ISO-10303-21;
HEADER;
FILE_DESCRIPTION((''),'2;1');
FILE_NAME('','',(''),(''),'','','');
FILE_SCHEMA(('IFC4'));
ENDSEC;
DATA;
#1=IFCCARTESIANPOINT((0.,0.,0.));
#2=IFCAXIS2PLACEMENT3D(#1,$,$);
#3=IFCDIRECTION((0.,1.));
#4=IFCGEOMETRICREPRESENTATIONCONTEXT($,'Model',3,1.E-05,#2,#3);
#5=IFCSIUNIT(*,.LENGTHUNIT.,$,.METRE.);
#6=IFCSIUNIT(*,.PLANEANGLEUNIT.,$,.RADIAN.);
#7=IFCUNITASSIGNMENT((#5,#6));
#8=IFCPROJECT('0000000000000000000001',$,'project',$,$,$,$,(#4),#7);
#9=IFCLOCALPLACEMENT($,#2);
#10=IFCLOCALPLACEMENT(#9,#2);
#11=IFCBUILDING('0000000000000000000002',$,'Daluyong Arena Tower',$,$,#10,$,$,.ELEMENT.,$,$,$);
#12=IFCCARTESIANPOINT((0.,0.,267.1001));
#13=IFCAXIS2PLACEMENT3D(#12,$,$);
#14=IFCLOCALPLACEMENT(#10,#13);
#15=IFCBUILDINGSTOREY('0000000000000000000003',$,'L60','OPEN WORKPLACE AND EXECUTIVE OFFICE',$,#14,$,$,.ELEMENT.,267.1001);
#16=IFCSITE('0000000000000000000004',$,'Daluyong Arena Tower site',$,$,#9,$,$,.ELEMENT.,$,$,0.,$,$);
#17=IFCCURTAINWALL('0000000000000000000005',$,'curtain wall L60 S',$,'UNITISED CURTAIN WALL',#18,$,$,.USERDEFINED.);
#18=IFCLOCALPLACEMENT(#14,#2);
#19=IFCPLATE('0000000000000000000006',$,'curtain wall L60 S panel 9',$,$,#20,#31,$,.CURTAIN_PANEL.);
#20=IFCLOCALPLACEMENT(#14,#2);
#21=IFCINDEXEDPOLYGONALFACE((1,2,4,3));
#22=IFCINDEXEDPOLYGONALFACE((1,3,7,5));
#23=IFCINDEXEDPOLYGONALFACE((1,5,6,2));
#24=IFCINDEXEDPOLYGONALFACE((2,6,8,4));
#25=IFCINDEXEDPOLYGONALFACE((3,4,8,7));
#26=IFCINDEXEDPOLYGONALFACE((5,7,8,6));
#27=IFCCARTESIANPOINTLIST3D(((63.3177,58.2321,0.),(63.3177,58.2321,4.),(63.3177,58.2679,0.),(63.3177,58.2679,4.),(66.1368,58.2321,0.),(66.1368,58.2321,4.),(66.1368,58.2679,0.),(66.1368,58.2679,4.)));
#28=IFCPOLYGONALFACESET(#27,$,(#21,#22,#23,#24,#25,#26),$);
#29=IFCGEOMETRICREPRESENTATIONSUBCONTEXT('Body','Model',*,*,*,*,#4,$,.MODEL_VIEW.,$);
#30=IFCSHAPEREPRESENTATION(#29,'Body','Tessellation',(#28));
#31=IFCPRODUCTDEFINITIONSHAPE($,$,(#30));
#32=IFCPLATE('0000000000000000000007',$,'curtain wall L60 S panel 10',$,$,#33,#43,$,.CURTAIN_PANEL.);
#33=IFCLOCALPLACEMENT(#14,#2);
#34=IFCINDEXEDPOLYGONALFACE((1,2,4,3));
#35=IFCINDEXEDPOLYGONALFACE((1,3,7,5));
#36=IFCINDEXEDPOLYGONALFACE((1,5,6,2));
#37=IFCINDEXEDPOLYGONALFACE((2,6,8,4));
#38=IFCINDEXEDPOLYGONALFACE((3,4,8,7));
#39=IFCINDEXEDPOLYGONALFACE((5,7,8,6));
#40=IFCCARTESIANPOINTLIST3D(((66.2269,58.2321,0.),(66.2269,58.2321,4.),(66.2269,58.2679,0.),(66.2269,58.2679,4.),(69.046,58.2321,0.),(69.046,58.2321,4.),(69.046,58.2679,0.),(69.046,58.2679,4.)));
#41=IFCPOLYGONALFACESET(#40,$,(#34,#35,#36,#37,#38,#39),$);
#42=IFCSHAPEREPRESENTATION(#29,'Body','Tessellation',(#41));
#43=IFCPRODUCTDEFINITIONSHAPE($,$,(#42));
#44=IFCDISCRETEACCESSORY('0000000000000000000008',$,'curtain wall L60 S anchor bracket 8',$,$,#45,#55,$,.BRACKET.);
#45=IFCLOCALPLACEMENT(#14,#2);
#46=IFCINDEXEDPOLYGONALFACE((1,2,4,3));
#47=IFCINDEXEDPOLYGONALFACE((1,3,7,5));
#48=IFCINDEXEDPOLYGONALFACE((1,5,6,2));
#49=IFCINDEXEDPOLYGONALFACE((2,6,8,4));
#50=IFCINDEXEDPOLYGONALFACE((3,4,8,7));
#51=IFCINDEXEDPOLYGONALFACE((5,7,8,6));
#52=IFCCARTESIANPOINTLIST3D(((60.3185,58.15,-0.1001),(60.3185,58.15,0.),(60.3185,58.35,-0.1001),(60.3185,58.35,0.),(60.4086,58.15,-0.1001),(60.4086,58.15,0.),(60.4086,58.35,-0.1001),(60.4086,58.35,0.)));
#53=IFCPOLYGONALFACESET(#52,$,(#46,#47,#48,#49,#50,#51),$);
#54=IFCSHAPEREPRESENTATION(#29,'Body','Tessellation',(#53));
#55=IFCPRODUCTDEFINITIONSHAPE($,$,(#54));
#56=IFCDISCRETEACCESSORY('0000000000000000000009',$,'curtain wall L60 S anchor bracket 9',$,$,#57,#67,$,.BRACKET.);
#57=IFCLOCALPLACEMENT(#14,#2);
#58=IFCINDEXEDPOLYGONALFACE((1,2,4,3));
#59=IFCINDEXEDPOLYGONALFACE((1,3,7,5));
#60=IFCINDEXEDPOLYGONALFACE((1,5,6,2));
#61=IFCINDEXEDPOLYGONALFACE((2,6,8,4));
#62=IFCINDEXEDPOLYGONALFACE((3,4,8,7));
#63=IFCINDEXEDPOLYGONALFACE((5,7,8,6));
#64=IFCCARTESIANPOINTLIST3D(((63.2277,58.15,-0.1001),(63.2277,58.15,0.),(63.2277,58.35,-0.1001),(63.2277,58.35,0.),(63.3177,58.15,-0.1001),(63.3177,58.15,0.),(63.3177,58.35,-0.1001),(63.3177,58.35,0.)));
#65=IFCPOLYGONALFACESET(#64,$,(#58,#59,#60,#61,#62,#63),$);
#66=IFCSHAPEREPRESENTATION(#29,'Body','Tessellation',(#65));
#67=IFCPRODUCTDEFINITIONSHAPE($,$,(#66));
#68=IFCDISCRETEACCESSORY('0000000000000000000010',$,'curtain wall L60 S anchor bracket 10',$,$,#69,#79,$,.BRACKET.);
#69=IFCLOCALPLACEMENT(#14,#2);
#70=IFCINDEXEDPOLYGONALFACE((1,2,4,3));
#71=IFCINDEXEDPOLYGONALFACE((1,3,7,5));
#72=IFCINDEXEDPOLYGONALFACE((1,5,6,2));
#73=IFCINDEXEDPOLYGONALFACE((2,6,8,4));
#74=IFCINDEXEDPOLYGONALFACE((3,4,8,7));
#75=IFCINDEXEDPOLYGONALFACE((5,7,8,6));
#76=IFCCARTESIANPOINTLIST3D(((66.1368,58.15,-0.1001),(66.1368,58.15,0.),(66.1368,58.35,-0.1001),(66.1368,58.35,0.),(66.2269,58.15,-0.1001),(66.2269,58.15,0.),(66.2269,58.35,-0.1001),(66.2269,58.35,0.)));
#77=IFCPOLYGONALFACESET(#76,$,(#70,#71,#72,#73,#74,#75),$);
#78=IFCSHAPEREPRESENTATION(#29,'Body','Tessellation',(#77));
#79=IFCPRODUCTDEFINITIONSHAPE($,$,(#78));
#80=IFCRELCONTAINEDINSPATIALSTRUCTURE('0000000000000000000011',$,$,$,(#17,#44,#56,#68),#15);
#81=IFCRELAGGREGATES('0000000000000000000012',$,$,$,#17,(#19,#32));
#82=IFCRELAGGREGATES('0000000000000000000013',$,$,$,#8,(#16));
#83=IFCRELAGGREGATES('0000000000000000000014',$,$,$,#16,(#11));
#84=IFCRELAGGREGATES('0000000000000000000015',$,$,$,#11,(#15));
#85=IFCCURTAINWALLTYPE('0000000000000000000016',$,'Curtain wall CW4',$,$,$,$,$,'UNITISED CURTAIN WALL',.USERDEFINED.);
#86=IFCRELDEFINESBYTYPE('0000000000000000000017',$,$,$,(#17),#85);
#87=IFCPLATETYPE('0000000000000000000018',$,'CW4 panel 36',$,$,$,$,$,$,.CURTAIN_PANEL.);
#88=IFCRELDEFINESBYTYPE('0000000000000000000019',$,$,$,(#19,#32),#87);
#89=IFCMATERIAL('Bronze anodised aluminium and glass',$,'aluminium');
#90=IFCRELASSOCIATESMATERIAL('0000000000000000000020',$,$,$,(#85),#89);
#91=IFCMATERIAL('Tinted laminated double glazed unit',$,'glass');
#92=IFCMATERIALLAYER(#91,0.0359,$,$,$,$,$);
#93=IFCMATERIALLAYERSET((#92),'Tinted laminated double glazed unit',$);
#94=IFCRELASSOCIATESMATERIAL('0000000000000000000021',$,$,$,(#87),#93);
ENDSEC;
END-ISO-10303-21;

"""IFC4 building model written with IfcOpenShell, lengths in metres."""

from ifc_helpers import new_model, si_unit, direction, frame, origin, origin_2d, place, context, subcontext, project, spatial, rectangle, extrude, material, layer, layer_set, type_object, element, aggregate, save


model = new_model("IFC4")

# Units and contexts
model_context = context("Model", 3, precision=1e-05, world=origin(), true_north=direction((0.0, 1.0)))
body_context = subcontext(model_context, "Body", "Model", "MODEL_VIEW")
ifc_project = project(units=[si_unit("LENGTHUNIT", "METRE"), si_unit("PLANEANGLEUNIT", "RADIAN")], contexts=[model_context])

# Site, building, storey
site_placement = place(None, origin())
site = spatial("IfcSite", under=ifc_project, at=site_placement, Name="Daluyong Arena Tower site", CompositionType="ELEMENT", RefElevation=0.0)
building_placement = place(site_placement, origin())
building = spatial("IfcBuilding", under=site, at=building_placement, Name="Daluyong Arena Tower", CompositionType="ELEMENT")
storey_placement = place(building_placement, frame((0.0, 0.0, 267.1001)))
storey = spatial("IfcBuildingStorey", under=building, at=storey_placement, Name="L60", Description="OPEN WORKPLACE AND EXECUTIVE OFFICE", CompositionType="ELEMENT", Elevation=267.1001)

# Curtain wall
ifc_material_1 = material(Name="Bronze anodised aluminium and glass", Category="aluminium")
curtain_wall_type = type_object("IfcCurtainWallType", Name="Curtain wall CW4", ElementType="UNITISED CURTAIN WALL", PredefinedType="USERDEFINED", material=ifc_material_1)
curtain_wall_placement = place(storey_placement, origin())
curtain_wall = element("IfcCurtainWall", 1, at=curtain_wall_placement, inside=storey, type_object=curtain_wall_type, Name="curtain wall L60 S", ObjectType="UNITISED CURTAIN WALL", PredefinedType="USERDEFINED")

# Plates
ifc_material_2 = material(Name="Tinted laminated double glazed unit", Category="glass")
ifc_layer = layer(ifc_material_2, 0.0359)
ifc_layer_set = layer_set([ifc_layer], Name="Tinted laminated double glazed unit")
plate_type = type_object("IfcPlateType", Name="CW4 panel 36", PredefinedType="CURTAIN_PANEL", material=ifc_layer_set)
plate_1_placement = place(storey_placement, frame((64.7273, 58.25, 0.0), z_axis=(0.0, 0.0, 1.0), x_axis=(1.0, 0.0, 0.0)))
plate_1 = element("IfcPlate", 2, at=plate_1_placement, type_object=plate_type, Name="curtain wall L60 S panel 9", PredefinedType="CURTAIN_PANEL", context=body_context, shape_type="SweptSolid", body=[
    extrude(rectangle(XDim=2.8191, YDim=0.0359, at=origin_2d()), origin(), (0.0, 0.0, 1.0), 4.0),
])
plate_2_placement = place(storey_placement, frame((67.6365, 58.25, 0.0), z_axis=(0.0, 0.0, 1.0), x_axis=(1.0, 0.0, 0.0)))
plate_2 = element("IfcPlate", 3, at=plate_2_placement, type_object=plate_type, Name="curtain wall L60 S panel 10", PredefinedType="CURTAIN_PANEL", context=body_context, shape_type="SweptSolid", body=[
    extrude(rectangle(XDim=2.8191, YDim=0.0359, at=origin_2d()), origin(), (0.0, 0.0, 1.0), 4.0),
])
aggregate(curtain_wall, [plate_1, plate_2])

# Discrete accessories
for number, where, z_axis, x_axis, name in (
    (4, (60.3635, 58.25, -0.1001), (0.0, 0.0, 1.0), (1.0, 0.0, 0.0), "curtain wall L60 S anchor bracket 8"),
    (5, (63.2727, 58.25, -0.1001), (0.0, 0.0, 1.0), (1.0, 0.0, 0.0), "curtain wall L60 S anchor bracket 9"),
    (6, (66.1819, 58.25, -0.1001), (0.0, 0.0, 1.0), (1.0, 0.0, 0.0), "curtain wall L60 S anchor bracket 10"),
):
    element("IfcDiscreteAccessory", number, at=place(storey_placement, frame(where, z_axis=z_axis, x_axis=x_axis)), inside=storey, Name=name, PredefinedType="BRACKET", context=body_context, shape_type="SweptSolid", body=[
        extrude(rectangle(XDim=0.0901, YDim=0.2, at=origin_2d()), origin(), (0.0, 0.0, 1.0), 0.1001),
    ])

save(model, "model.ifc")
